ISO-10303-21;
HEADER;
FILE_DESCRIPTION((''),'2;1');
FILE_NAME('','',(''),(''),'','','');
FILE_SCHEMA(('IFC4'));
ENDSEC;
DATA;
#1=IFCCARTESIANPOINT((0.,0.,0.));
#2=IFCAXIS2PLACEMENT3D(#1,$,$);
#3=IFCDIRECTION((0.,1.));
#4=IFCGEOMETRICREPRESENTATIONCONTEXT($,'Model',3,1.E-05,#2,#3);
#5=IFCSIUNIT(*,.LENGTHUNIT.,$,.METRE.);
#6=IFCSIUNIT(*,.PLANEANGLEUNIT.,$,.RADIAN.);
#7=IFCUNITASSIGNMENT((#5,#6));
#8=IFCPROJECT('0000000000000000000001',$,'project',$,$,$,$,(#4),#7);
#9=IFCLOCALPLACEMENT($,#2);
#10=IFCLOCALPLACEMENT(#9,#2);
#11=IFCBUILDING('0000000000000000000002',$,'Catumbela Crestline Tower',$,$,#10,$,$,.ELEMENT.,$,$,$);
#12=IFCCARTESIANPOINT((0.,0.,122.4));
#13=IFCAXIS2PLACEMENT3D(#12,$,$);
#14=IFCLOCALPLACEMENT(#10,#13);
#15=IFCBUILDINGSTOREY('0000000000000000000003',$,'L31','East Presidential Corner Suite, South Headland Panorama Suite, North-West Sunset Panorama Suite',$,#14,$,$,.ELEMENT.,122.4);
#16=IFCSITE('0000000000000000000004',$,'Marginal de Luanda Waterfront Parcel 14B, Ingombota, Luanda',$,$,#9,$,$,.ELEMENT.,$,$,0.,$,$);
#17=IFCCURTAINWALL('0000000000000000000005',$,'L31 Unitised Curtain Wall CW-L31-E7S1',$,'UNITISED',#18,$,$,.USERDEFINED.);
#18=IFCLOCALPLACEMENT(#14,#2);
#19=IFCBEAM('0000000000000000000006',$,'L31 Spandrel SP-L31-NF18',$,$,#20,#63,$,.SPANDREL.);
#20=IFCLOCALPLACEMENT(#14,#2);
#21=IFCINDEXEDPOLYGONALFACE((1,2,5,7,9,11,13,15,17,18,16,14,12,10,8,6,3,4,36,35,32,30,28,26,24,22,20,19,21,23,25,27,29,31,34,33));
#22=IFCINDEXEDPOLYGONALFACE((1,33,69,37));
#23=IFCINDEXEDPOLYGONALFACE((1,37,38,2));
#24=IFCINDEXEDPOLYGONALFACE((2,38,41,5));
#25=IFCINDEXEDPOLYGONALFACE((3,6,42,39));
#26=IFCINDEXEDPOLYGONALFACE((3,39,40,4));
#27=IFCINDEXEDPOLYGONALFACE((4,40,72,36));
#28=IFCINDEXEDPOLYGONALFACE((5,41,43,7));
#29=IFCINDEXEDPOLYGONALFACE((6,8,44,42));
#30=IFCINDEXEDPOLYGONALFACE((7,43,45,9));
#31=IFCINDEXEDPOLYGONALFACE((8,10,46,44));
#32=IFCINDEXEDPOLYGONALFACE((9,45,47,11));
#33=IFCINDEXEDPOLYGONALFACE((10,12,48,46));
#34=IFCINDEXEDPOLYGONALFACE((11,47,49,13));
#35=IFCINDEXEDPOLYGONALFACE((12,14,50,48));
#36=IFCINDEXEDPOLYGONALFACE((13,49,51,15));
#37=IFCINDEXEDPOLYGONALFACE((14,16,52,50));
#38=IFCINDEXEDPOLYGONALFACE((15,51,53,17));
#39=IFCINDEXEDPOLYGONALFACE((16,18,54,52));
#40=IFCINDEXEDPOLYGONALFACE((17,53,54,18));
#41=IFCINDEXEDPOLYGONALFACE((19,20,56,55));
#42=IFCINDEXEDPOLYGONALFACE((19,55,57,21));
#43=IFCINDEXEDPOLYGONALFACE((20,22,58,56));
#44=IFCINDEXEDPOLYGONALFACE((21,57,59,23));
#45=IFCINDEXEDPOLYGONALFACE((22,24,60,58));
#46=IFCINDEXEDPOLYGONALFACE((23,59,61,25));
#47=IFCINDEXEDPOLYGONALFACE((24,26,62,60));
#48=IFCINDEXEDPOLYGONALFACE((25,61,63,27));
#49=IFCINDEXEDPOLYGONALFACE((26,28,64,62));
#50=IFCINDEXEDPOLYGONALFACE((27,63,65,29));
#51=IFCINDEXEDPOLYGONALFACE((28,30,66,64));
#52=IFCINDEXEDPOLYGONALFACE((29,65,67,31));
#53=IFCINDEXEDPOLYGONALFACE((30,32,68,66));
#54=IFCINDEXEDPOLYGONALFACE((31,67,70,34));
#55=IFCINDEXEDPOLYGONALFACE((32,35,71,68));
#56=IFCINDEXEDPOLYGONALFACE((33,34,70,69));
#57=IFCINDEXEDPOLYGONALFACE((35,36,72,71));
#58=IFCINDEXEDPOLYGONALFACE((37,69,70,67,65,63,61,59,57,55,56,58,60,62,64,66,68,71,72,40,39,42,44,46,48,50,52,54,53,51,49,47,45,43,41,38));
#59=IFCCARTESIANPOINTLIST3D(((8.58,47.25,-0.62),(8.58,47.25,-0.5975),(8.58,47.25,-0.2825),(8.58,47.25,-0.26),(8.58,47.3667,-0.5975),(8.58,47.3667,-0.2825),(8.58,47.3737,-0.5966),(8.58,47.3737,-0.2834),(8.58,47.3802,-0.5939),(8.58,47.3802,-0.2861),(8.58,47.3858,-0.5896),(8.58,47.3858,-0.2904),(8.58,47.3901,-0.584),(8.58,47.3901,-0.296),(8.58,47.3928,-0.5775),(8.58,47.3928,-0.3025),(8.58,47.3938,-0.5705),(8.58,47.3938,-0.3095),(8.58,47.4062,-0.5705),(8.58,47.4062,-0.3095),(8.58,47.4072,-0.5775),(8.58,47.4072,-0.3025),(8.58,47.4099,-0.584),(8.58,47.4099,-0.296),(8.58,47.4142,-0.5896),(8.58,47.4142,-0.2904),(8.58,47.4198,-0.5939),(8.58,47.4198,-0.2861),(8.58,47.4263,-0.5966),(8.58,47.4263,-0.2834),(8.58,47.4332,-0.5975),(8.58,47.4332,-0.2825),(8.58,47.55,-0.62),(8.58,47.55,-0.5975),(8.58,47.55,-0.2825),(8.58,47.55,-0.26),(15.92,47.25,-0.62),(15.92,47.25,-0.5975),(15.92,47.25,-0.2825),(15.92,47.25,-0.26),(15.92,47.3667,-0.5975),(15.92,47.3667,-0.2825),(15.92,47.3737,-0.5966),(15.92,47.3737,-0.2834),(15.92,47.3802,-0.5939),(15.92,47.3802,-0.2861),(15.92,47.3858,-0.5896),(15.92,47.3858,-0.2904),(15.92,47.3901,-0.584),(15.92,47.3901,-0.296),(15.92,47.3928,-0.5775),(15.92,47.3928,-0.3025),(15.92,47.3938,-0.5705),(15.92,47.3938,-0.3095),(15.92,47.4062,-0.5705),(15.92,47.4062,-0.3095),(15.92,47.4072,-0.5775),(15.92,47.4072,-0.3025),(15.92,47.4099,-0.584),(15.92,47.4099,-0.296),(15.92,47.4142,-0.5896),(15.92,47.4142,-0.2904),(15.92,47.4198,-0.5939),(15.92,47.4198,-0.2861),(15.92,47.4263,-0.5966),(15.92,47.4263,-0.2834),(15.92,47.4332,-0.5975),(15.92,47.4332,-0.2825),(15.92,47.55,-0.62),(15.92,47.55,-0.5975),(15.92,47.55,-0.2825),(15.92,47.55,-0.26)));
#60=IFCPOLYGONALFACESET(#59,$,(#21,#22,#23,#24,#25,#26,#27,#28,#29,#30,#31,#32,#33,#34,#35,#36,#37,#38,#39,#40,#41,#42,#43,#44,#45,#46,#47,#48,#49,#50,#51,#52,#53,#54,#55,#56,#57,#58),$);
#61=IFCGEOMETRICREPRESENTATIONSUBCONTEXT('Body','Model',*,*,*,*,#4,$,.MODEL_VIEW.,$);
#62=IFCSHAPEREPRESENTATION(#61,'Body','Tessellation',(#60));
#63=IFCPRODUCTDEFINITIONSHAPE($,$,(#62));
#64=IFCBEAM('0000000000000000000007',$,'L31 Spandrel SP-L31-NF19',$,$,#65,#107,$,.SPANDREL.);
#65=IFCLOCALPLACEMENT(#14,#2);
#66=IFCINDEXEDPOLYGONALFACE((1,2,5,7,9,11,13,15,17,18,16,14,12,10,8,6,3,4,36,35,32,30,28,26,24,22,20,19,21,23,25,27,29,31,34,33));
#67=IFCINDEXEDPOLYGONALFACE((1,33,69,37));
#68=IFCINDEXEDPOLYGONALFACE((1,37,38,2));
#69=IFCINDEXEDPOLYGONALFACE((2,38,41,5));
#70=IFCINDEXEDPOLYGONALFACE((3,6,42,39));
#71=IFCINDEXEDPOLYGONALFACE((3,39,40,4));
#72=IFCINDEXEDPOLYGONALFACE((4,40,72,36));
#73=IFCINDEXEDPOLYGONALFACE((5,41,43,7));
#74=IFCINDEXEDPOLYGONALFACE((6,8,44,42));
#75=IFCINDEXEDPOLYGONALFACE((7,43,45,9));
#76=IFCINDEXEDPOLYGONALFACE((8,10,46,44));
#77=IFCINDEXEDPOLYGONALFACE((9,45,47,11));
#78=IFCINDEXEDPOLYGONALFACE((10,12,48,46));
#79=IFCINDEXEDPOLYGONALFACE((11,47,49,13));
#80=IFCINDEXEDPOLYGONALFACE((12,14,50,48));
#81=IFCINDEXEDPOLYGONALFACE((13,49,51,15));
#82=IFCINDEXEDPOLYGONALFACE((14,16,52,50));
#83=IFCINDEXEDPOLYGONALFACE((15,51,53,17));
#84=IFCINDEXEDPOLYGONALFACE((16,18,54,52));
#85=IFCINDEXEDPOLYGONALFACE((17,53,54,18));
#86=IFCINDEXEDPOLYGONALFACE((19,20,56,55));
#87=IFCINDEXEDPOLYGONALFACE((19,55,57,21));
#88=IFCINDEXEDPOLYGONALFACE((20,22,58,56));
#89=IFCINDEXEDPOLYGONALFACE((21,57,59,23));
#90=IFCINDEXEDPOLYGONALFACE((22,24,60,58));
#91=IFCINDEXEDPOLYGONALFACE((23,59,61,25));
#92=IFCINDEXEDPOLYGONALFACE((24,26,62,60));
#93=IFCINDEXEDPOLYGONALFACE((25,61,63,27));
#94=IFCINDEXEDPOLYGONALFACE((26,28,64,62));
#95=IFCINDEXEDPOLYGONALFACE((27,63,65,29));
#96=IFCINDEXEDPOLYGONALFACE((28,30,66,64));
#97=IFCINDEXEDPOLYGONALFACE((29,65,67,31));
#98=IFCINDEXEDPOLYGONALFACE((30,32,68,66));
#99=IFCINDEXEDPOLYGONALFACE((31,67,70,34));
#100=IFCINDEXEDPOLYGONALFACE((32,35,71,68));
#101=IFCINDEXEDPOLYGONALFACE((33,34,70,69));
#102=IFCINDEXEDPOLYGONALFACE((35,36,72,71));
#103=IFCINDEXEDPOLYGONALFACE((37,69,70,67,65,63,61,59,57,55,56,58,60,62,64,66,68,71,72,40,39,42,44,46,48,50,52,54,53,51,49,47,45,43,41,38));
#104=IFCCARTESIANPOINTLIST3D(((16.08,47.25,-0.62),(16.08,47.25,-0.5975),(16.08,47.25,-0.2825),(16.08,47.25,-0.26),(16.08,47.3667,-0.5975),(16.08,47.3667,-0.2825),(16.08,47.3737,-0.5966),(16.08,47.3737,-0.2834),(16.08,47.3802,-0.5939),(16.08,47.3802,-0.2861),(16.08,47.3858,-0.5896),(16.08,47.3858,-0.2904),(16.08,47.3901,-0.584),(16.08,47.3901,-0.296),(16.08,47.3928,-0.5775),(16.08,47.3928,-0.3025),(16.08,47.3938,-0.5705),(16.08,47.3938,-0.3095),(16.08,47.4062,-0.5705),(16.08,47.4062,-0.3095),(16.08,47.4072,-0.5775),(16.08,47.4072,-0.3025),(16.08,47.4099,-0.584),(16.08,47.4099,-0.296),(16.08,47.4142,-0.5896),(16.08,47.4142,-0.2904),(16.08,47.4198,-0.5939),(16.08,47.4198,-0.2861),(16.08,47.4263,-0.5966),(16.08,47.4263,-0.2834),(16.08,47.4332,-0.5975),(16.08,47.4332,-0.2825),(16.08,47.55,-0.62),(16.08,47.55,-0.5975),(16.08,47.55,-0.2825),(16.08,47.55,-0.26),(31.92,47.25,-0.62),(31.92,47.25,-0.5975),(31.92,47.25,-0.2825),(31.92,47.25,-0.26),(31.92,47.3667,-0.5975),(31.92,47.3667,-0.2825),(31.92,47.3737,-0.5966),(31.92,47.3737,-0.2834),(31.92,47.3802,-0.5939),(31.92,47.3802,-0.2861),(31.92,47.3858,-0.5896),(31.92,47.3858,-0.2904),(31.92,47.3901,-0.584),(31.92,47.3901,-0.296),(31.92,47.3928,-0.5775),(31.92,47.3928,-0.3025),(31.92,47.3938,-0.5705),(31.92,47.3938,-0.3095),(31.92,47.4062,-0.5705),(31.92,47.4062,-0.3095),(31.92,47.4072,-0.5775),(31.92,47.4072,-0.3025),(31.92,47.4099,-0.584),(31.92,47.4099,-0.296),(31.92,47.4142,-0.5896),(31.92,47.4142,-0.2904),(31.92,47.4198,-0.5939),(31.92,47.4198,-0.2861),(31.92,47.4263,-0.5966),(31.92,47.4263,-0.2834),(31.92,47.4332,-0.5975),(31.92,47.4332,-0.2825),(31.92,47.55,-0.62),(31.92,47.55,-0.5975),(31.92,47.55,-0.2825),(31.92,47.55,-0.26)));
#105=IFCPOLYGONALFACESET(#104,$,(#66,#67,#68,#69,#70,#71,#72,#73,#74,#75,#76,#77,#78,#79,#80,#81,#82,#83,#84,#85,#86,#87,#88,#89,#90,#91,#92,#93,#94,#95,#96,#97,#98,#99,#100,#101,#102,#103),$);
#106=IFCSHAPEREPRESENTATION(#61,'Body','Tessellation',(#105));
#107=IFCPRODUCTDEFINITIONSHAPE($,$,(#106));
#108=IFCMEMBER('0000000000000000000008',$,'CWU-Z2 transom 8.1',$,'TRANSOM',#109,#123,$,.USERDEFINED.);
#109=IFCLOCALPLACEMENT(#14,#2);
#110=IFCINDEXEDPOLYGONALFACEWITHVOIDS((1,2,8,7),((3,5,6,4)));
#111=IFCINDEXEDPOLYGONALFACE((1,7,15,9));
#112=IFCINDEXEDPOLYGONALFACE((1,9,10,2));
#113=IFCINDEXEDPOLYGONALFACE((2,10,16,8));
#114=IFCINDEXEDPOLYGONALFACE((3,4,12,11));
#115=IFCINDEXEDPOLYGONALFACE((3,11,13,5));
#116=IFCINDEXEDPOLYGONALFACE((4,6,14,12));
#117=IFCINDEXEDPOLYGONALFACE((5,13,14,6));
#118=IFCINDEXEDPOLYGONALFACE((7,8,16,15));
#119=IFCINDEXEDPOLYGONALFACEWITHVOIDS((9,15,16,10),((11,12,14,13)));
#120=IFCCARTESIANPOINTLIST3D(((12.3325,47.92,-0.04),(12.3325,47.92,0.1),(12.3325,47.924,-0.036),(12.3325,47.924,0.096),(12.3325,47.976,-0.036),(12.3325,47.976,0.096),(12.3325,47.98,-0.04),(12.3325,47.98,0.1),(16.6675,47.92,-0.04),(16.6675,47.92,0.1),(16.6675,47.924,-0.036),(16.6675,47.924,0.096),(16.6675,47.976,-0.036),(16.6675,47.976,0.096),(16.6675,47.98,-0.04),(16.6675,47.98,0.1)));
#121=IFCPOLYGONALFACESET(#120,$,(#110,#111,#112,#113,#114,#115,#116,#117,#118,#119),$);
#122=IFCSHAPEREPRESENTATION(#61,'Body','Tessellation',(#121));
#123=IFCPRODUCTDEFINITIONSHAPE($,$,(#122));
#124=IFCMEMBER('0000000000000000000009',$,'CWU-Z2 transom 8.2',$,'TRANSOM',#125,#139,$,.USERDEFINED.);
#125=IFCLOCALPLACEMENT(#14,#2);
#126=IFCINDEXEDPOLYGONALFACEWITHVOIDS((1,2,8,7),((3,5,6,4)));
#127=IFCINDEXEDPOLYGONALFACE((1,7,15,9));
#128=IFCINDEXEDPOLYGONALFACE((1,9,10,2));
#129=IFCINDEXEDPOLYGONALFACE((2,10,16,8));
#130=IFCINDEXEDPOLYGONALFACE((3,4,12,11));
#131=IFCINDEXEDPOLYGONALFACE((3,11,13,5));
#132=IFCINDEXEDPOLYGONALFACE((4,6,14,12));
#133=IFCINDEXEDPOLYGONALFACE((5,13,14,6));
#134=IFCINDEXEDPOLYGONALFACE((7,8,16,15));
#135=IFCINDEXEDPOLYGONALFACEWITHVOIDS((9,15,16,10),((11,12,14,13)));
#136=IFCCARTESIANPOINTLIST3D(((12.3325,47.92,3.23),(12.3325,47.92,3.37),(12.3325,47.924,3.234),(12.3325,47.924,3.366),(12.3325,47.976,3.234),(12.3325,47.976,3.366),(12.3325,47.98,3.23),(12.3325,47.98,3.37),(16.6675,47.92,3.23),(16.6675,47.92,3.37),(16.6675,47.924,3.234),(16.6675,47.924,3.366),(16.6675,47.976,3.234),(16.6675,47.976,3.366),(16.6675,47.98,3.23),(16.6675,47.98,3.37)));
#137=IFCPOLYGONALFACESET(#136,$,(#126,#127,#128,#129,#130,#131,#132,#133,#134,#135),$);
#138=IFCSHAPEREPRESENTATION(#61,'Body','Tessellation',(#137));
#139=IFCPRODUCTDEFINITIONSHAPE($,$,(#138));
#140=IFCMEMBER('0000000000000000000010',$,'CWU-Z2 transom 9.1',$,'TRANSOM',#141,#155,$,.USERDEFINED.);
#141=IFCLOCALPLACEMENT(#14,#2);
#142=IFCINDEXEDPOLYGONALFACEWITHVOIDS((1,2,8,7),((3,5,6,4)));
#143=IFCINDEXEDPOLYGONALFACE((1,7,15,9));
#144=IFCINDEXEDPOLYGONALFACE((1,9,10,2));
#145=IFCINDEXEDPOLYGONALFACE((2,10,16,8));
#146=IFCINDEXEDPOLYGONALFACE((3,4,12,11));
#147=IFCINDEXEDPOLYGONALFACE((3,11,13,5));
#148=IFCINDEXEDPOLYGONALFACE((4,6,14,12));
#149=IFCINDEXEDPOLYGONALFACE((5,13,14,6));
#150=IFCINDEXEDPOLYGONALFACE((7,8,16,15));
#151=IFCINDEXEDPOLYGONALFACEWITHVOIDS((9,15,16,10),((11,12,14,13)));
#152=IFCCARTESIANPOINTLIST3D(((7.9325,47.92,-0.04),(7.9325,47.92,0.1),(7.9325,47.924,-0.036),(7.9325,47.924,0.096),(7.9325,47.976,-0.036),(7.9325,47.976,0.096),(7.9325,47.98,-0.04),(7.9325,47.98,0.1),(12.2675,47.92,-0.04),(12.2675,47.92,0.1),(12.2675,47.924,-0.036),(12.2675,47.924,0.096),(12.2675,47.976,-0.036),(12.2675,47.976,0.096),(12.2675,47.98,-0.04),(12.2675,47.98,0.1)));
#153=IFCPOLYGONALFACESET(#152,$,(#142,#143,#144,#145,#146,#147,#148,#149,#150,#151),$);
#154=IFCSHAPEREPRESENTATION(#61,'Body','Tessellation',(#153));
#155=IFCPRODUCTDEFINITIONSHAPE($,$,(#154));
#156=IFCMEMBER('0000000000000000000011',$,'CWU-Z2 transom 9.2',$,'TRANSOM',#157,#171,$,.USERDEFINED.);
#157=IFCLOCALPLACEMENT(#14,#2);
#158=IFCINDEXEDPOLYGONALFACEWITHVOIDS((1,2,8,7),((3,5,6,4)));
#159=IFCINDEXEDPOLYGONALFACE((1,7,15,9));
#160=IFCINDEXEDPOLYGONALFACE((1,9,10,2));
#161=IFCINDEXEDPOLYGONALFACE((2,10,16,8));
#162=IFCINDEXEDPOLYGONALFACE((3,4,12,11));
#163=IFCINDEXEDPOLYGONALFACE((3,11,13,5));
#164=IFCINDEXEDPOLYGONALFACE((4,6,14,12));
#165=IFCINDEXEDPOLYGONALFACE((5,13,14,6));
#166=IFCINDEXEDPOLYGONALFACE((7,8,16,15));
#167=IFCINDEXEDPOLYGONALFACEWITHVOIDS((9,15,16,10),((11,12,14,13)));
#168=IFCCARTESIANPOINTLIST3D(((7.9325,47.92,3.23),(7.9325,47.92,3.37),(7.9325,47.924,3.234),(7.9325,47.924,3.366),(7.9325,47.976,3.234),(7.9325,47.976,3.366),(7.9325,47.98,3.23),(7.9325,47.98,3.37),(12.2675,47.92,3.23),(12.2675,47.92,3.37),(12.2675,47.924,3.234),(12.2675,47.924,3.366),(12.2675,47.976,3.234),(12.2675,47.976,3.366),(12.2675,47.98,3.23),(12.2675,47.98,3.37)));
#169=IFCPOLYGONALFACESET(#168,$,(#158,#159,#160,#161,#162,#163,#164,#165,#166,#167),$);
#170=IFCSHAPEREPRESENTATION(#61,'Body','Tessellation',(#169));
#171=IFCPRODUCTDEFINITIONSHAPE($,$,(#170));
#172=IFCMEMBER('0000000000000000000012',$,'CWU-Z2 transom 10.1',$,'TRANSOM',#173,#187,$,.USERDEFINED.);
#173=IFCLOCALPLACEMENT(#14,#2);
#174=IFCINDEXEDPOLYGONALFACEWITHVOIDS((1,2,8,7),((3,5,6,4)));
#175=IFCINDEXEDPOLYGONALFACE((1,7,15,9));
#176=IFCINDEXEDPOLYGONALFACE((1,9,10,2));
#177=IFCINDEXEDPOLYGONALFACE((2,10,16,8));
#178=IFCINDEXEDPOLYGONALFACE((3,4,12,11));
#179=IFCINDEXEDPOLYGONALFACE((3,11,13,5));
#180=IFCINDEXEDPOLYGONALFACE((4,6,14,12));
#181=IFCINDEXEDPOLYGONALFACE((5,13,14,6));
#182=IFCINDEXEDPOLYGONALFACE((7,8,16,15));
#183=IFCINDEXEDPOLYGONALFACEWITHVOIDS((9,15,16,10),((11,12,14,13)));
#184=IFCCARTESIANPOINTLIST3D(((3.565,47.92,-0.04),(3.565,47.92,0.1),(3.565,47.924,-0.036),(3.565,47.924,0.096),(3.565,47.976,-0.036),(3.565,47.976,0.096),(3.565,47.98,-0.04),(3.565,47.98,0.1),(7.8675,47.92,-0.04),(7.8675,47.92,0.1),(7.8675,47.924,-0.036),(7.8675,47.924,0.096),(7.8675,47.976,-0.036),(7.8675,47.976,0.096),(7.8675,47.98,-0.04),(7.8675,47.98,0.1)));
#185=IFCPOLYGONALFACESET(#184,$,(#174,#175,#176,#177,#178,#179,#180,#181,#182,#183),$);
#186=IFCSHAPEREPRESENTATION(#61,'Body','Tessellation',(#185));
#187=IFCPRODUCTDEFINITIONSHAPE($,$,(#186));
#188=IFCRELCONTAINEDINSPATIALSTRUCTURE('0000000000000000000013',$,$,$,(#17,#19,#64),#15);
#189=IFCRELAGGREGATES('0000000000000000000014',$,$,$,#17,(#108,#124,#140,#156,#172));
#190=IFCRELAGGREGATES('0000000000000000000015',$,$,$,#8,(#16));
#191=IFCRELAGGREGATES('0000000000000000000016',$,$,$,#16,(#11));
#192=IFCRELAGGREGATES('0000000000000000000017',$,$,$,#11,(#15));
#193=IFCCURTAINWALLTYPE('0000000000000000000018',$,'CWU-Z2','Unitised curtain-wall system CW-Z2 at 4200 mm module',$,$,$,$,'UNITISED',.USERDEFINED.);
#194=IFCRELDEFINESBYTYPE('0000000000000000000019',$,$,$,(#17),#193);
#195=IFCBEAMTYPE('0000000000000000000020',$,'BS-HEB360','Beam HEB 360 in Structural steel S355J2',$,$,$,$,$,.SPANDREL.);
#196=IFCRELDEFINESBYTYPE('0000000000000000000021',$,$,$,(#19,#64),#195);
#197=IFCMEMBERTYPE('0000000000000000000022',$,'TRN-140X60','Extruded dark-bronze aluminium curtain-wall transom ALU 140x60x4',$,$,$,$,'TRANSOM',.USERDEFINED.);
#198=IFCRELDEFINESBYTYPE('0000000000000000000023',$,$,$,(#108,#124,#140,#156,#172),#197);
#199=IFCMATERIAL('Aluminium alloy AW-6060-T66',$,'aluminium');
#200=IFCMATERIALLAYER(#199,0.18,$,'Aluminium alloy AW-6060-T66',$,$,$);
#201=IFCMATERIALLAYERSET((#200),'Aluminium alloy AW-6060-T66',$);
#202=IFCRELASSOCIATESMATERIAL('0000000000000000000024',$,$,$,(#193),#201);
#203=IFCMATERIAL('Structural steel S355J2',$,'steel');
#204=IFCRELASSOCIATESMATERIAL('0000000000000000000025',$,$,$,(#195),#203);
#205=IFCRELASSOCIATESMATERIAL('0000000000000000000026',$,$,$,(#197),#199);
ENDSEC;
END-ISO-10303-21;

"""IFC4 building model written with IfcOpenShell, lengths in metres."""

from ifc_helpers import new_model, si_unit, direction, frame, origin, origin_2d, place, context, subcontext, project, spatial, hollow_rectangle, i_section, extrude, material, layer, layer_set, material_profile, profile_set, type_object, element, aggregate, save


model = new_model("IFC4")

# Units and contexts
model_context = context("Model", 3, precision=1e-05, world=origin(), true_north=direction((0.0, 1.0)))
body_context = subcontext(model_context, "Body", "Model", "MODEL_VIEW")
ifc_project = project(units=[si_unit("LENGTHUNIT", "METRE"), si_unit("PLANEANGLEUNIT", "RADIAN")], contexts=[model_context])

# Site, building, storey
site_placement = place(None, origin())
site = spatial("IfcSite", under=ifc_project, at=site_placement, Name="Marginal de Luanda Waterfront Parcel 14B, Ingombota, Luanda", CompositionType="ELEMENT", RefElevation=0.0)
building_placement = place(site_placement, origin())
building = spatial("IfcBuilding", under=site, at=building_placement, Name="Catumbela Crestline Tower", CompositionType="ELEMENT")
storey_placement = place(building_placement, frame((0.0, 0.0, 122.4)))
storey = spatial("IfcBuildingStorey", under=building, at=storey_placement, Name="L31", Description="East Presidential Corner Suite, South Headland Panorama Suite, North-West Sunset Panorama Suite", CompositionType="ELEMENT", Elevation=122.4)

# Curtain wall
ifc_material_1 = material(Name="Aluminium alloy AW-6060-T66", Category="aluminium")
ifc_layer_1 = layer(ifc_material_1, 0.18, Name="Aluminium alloy AW-6060-T66")
ifc_layer_set_1 = layer_set([ifc_layer_1], Name="Aluminium alloy AW-6060-T66")
curtain_wall_type = type_object("IfcCurtainWallType", Name="CWU-Z2", Description="Unitised curtain-wall system CW-Z2 at 4200 mm module", ElementType="UNITISED", PredefinedType="USERDEFINED", material=ifc_layer_set_1)
curtain_wall_placement = place(storey_placement, origin())
curtain_wall = element("IfcCurtainWall", 1, at=curtain_wall_placement, inside=storey, type_object=curtain_wall_type, Name="L31 Unitised Curtain Wall CW-L31-E7S1", ObjectType="UNITISED", PredefinedType="USERDEFINED")

# Beams
ifc_material_2 = material(Name="Structural steel S355J2", Category="steel")
ifc_material_profile_1 = material_profile(ifc_material_2, i_section(OverallWidth=0.3, OverallDepth=0.36, WebThickness=0.0125, FlangeThickness=0.0225, FilletRadius=0.027, at=origin_2d()), Name="HEB 360")
ifc_profile_set_1 = profile_set([ifc_material_profile_1], Name="Structural steel S355J2")
beam_type = type_object("IfcBeamType", Name="BS-HEB360", Description="Beam HEB 360 in Structural steel S355J2", PredefinedType="SPANDREL", material=ifc_profile_set_1)
beam_1_placement = place(storey_placement, frame((8.58, 47.4, -0.44), z_axis=(1.0, 0.0, 0.0), x_axis=(0.0, 1.0, 0.0)))
element("IfcBeam", 2, at=beam_1_placement, inside=storey, type_object=beam_type, Name="L31 Spandrel SP-L31-NF18", PredefinedType="SPANDREL", context=body_context, shape_type="SweptSolid", body=[
    extrude(i_section(OverallWidth=0.3, OverallDepth=0.36, WebThickness=0.0125, FlangeThickness=0.0225, FilletRadius=0.027, at=origin_2d()), origin(), (0.0, 0.0, 1.0), 7.34),
])
beam_2_placement = place(storey_placement, frame((16.08, 47.4, -0.44), z_axis=(1.0, 0.0, 0.0), x_axis=(0.0, 1.0, 0.0)))
element("IfcBeam", 3, at=beam_2_placement, inside=storey, type_object=beam_type, Name="L31 Spandrel SP-L31-NF19", PredefinedType="SPANDREL", context=body_context, shape_type="SweptSolid", body=[
    extrude(i_section(OverallWidth=0.3, OverallDepth=0.36, WebThickness=0.0125, FlangeThickness=0.0225, FilletRadius=0.027, at=origin_2d()), origin(), (0.0, 0.0, 1.0), 15.84),
])

# Members
ifc_material_profile_2 = material_profile(ifc_material_1, hollow_rectangle(XDim=0.06, YDim=0.14, WallThickness=0.004, at=origin_2d()), Name="ALU 140x60x4")
ifc_profile_set_2 = profile_set([ifc_material_profile_2], Name="Aluminium alloy AW-6060-T66")
member_type_1 = type_object("IfcMemberType", Name="TRN-140X60", Description="Extruded dark-bronze aluminium curtain-wall transom ALU 140x60x4", ElementType="TRANSOM", PredefinedType="USERDEFINED", material=ifc_profile_set_2)
member_1_placement = place(storey_placement, frame((16.6675, 47.95, 0.03), z_axis=(-1.0, 0.0, 0.0), x_axis=(0.0, -1.0, 0.0)))
member_1 = element("IfcMember", 4, at=member_1_placement, type_object=member_type_1, Name="CWU-Z2 transom 8.1", ObjectType="TRANSOM", PredefinedType="USERDEFINED", context=body_context, shape_type="SweptSolid", body=[
    extrude(hollow_rectangle(XDim=0.06, YDim=0.14, WallThickness=0.004, at=origin_2d()), origin(), (0.0, 0.0, 1.0), 4.335),
])
member_2_placement = place(storey_placement, frame((16.6675, 47.95, 3.3), z_axis=(-1.0, 0.0, 0.0), x_axis=(0.0, -1.0, 0.0)))
member_2 = element("IfcMember", 5, at=member_2_placement, type_object=member_type_1, Name="CWU-Z2 transom 8.2", ObjectType="TRANSOM", PredefinedType="USERDEFINED", context=body_context, shape_type="SweptSolid", body=[
    extrude(hollow_rectangle(XDim=0.06, YDim=0.14, WallThickness=0.004, at=origin_2d()), origin(), (0.0, 0.0, 1.0), 4.335),
])
member_3_placement = place(storey_placement, frame((12.2675, 47.95, 0.03), z_axis=(-1.0, 0.0, 0.0), x_axis=(0.0, -1.0, 0.0)))
member_3 = element("IfcMember", 6, at=member_3_placement, type_object=member_type_1, Name="CWU-Z2 transom 9.1", ObjectType="TRANSOM", PredefinedType="USERDEFINED", context=body_context, shape_type="SweptSolid", body=[
    extrude(hollow_rectangle(XDim=0.06, YDim=0.14, WallThickness=0.004, at=origin_2d()), origin(), (0.0, 0.0, 1.0), 4.335),
])
member_4_placement = place(storey_placement, frame((12.2675, 47.95, 3.3), z_axis=(-1.0, 0.0, 0.0), x_axis=(0.0, -1.0, 0.0)))
member_4 = element("IfcMember", 7, at=member_4_placement, type_object=member_type_1, Name="CWU-Z2 transom 9.2", ObjectType="TRANSOM", PredefinedType="USERDEFINED", context=body_context, shape_type="SweptSolid", body=[
    extrude(hollow_rectangle(XDim=0.06, YDim=0.14, WallThickness=0.004, at=origin_2d()), origin(), (0.0, 0.0, 1.0), 4.335),
])
member_5_placement = place(storey_placement, frame((7.8675, 47.95, 0.03), z_axis=(-1.0, 0.0, 0.0), x_axis=(0.0, -1.0, 0.0)))
member_5 = element("IfcMember", 8, at=member_5_placement, type_object=member_type_1, Name="CWU-Z2 transom 10.1", ObjectType="TRANSOM", PredefinedType="USERDEFINED", context=body_context, shape_type="SweptSolid", body=[
    extrude(hollow_rectangle(XDim=0.06, YDim=0.14, WallThickness=0.004, at=origin_2d()), origin(), (0.0, 0.0, 1.0), 4.3025),
])

aggregate(curtain_wall, [member_1, member_2, member_3, member_4, member_5])

save(model, "model.ifc")
